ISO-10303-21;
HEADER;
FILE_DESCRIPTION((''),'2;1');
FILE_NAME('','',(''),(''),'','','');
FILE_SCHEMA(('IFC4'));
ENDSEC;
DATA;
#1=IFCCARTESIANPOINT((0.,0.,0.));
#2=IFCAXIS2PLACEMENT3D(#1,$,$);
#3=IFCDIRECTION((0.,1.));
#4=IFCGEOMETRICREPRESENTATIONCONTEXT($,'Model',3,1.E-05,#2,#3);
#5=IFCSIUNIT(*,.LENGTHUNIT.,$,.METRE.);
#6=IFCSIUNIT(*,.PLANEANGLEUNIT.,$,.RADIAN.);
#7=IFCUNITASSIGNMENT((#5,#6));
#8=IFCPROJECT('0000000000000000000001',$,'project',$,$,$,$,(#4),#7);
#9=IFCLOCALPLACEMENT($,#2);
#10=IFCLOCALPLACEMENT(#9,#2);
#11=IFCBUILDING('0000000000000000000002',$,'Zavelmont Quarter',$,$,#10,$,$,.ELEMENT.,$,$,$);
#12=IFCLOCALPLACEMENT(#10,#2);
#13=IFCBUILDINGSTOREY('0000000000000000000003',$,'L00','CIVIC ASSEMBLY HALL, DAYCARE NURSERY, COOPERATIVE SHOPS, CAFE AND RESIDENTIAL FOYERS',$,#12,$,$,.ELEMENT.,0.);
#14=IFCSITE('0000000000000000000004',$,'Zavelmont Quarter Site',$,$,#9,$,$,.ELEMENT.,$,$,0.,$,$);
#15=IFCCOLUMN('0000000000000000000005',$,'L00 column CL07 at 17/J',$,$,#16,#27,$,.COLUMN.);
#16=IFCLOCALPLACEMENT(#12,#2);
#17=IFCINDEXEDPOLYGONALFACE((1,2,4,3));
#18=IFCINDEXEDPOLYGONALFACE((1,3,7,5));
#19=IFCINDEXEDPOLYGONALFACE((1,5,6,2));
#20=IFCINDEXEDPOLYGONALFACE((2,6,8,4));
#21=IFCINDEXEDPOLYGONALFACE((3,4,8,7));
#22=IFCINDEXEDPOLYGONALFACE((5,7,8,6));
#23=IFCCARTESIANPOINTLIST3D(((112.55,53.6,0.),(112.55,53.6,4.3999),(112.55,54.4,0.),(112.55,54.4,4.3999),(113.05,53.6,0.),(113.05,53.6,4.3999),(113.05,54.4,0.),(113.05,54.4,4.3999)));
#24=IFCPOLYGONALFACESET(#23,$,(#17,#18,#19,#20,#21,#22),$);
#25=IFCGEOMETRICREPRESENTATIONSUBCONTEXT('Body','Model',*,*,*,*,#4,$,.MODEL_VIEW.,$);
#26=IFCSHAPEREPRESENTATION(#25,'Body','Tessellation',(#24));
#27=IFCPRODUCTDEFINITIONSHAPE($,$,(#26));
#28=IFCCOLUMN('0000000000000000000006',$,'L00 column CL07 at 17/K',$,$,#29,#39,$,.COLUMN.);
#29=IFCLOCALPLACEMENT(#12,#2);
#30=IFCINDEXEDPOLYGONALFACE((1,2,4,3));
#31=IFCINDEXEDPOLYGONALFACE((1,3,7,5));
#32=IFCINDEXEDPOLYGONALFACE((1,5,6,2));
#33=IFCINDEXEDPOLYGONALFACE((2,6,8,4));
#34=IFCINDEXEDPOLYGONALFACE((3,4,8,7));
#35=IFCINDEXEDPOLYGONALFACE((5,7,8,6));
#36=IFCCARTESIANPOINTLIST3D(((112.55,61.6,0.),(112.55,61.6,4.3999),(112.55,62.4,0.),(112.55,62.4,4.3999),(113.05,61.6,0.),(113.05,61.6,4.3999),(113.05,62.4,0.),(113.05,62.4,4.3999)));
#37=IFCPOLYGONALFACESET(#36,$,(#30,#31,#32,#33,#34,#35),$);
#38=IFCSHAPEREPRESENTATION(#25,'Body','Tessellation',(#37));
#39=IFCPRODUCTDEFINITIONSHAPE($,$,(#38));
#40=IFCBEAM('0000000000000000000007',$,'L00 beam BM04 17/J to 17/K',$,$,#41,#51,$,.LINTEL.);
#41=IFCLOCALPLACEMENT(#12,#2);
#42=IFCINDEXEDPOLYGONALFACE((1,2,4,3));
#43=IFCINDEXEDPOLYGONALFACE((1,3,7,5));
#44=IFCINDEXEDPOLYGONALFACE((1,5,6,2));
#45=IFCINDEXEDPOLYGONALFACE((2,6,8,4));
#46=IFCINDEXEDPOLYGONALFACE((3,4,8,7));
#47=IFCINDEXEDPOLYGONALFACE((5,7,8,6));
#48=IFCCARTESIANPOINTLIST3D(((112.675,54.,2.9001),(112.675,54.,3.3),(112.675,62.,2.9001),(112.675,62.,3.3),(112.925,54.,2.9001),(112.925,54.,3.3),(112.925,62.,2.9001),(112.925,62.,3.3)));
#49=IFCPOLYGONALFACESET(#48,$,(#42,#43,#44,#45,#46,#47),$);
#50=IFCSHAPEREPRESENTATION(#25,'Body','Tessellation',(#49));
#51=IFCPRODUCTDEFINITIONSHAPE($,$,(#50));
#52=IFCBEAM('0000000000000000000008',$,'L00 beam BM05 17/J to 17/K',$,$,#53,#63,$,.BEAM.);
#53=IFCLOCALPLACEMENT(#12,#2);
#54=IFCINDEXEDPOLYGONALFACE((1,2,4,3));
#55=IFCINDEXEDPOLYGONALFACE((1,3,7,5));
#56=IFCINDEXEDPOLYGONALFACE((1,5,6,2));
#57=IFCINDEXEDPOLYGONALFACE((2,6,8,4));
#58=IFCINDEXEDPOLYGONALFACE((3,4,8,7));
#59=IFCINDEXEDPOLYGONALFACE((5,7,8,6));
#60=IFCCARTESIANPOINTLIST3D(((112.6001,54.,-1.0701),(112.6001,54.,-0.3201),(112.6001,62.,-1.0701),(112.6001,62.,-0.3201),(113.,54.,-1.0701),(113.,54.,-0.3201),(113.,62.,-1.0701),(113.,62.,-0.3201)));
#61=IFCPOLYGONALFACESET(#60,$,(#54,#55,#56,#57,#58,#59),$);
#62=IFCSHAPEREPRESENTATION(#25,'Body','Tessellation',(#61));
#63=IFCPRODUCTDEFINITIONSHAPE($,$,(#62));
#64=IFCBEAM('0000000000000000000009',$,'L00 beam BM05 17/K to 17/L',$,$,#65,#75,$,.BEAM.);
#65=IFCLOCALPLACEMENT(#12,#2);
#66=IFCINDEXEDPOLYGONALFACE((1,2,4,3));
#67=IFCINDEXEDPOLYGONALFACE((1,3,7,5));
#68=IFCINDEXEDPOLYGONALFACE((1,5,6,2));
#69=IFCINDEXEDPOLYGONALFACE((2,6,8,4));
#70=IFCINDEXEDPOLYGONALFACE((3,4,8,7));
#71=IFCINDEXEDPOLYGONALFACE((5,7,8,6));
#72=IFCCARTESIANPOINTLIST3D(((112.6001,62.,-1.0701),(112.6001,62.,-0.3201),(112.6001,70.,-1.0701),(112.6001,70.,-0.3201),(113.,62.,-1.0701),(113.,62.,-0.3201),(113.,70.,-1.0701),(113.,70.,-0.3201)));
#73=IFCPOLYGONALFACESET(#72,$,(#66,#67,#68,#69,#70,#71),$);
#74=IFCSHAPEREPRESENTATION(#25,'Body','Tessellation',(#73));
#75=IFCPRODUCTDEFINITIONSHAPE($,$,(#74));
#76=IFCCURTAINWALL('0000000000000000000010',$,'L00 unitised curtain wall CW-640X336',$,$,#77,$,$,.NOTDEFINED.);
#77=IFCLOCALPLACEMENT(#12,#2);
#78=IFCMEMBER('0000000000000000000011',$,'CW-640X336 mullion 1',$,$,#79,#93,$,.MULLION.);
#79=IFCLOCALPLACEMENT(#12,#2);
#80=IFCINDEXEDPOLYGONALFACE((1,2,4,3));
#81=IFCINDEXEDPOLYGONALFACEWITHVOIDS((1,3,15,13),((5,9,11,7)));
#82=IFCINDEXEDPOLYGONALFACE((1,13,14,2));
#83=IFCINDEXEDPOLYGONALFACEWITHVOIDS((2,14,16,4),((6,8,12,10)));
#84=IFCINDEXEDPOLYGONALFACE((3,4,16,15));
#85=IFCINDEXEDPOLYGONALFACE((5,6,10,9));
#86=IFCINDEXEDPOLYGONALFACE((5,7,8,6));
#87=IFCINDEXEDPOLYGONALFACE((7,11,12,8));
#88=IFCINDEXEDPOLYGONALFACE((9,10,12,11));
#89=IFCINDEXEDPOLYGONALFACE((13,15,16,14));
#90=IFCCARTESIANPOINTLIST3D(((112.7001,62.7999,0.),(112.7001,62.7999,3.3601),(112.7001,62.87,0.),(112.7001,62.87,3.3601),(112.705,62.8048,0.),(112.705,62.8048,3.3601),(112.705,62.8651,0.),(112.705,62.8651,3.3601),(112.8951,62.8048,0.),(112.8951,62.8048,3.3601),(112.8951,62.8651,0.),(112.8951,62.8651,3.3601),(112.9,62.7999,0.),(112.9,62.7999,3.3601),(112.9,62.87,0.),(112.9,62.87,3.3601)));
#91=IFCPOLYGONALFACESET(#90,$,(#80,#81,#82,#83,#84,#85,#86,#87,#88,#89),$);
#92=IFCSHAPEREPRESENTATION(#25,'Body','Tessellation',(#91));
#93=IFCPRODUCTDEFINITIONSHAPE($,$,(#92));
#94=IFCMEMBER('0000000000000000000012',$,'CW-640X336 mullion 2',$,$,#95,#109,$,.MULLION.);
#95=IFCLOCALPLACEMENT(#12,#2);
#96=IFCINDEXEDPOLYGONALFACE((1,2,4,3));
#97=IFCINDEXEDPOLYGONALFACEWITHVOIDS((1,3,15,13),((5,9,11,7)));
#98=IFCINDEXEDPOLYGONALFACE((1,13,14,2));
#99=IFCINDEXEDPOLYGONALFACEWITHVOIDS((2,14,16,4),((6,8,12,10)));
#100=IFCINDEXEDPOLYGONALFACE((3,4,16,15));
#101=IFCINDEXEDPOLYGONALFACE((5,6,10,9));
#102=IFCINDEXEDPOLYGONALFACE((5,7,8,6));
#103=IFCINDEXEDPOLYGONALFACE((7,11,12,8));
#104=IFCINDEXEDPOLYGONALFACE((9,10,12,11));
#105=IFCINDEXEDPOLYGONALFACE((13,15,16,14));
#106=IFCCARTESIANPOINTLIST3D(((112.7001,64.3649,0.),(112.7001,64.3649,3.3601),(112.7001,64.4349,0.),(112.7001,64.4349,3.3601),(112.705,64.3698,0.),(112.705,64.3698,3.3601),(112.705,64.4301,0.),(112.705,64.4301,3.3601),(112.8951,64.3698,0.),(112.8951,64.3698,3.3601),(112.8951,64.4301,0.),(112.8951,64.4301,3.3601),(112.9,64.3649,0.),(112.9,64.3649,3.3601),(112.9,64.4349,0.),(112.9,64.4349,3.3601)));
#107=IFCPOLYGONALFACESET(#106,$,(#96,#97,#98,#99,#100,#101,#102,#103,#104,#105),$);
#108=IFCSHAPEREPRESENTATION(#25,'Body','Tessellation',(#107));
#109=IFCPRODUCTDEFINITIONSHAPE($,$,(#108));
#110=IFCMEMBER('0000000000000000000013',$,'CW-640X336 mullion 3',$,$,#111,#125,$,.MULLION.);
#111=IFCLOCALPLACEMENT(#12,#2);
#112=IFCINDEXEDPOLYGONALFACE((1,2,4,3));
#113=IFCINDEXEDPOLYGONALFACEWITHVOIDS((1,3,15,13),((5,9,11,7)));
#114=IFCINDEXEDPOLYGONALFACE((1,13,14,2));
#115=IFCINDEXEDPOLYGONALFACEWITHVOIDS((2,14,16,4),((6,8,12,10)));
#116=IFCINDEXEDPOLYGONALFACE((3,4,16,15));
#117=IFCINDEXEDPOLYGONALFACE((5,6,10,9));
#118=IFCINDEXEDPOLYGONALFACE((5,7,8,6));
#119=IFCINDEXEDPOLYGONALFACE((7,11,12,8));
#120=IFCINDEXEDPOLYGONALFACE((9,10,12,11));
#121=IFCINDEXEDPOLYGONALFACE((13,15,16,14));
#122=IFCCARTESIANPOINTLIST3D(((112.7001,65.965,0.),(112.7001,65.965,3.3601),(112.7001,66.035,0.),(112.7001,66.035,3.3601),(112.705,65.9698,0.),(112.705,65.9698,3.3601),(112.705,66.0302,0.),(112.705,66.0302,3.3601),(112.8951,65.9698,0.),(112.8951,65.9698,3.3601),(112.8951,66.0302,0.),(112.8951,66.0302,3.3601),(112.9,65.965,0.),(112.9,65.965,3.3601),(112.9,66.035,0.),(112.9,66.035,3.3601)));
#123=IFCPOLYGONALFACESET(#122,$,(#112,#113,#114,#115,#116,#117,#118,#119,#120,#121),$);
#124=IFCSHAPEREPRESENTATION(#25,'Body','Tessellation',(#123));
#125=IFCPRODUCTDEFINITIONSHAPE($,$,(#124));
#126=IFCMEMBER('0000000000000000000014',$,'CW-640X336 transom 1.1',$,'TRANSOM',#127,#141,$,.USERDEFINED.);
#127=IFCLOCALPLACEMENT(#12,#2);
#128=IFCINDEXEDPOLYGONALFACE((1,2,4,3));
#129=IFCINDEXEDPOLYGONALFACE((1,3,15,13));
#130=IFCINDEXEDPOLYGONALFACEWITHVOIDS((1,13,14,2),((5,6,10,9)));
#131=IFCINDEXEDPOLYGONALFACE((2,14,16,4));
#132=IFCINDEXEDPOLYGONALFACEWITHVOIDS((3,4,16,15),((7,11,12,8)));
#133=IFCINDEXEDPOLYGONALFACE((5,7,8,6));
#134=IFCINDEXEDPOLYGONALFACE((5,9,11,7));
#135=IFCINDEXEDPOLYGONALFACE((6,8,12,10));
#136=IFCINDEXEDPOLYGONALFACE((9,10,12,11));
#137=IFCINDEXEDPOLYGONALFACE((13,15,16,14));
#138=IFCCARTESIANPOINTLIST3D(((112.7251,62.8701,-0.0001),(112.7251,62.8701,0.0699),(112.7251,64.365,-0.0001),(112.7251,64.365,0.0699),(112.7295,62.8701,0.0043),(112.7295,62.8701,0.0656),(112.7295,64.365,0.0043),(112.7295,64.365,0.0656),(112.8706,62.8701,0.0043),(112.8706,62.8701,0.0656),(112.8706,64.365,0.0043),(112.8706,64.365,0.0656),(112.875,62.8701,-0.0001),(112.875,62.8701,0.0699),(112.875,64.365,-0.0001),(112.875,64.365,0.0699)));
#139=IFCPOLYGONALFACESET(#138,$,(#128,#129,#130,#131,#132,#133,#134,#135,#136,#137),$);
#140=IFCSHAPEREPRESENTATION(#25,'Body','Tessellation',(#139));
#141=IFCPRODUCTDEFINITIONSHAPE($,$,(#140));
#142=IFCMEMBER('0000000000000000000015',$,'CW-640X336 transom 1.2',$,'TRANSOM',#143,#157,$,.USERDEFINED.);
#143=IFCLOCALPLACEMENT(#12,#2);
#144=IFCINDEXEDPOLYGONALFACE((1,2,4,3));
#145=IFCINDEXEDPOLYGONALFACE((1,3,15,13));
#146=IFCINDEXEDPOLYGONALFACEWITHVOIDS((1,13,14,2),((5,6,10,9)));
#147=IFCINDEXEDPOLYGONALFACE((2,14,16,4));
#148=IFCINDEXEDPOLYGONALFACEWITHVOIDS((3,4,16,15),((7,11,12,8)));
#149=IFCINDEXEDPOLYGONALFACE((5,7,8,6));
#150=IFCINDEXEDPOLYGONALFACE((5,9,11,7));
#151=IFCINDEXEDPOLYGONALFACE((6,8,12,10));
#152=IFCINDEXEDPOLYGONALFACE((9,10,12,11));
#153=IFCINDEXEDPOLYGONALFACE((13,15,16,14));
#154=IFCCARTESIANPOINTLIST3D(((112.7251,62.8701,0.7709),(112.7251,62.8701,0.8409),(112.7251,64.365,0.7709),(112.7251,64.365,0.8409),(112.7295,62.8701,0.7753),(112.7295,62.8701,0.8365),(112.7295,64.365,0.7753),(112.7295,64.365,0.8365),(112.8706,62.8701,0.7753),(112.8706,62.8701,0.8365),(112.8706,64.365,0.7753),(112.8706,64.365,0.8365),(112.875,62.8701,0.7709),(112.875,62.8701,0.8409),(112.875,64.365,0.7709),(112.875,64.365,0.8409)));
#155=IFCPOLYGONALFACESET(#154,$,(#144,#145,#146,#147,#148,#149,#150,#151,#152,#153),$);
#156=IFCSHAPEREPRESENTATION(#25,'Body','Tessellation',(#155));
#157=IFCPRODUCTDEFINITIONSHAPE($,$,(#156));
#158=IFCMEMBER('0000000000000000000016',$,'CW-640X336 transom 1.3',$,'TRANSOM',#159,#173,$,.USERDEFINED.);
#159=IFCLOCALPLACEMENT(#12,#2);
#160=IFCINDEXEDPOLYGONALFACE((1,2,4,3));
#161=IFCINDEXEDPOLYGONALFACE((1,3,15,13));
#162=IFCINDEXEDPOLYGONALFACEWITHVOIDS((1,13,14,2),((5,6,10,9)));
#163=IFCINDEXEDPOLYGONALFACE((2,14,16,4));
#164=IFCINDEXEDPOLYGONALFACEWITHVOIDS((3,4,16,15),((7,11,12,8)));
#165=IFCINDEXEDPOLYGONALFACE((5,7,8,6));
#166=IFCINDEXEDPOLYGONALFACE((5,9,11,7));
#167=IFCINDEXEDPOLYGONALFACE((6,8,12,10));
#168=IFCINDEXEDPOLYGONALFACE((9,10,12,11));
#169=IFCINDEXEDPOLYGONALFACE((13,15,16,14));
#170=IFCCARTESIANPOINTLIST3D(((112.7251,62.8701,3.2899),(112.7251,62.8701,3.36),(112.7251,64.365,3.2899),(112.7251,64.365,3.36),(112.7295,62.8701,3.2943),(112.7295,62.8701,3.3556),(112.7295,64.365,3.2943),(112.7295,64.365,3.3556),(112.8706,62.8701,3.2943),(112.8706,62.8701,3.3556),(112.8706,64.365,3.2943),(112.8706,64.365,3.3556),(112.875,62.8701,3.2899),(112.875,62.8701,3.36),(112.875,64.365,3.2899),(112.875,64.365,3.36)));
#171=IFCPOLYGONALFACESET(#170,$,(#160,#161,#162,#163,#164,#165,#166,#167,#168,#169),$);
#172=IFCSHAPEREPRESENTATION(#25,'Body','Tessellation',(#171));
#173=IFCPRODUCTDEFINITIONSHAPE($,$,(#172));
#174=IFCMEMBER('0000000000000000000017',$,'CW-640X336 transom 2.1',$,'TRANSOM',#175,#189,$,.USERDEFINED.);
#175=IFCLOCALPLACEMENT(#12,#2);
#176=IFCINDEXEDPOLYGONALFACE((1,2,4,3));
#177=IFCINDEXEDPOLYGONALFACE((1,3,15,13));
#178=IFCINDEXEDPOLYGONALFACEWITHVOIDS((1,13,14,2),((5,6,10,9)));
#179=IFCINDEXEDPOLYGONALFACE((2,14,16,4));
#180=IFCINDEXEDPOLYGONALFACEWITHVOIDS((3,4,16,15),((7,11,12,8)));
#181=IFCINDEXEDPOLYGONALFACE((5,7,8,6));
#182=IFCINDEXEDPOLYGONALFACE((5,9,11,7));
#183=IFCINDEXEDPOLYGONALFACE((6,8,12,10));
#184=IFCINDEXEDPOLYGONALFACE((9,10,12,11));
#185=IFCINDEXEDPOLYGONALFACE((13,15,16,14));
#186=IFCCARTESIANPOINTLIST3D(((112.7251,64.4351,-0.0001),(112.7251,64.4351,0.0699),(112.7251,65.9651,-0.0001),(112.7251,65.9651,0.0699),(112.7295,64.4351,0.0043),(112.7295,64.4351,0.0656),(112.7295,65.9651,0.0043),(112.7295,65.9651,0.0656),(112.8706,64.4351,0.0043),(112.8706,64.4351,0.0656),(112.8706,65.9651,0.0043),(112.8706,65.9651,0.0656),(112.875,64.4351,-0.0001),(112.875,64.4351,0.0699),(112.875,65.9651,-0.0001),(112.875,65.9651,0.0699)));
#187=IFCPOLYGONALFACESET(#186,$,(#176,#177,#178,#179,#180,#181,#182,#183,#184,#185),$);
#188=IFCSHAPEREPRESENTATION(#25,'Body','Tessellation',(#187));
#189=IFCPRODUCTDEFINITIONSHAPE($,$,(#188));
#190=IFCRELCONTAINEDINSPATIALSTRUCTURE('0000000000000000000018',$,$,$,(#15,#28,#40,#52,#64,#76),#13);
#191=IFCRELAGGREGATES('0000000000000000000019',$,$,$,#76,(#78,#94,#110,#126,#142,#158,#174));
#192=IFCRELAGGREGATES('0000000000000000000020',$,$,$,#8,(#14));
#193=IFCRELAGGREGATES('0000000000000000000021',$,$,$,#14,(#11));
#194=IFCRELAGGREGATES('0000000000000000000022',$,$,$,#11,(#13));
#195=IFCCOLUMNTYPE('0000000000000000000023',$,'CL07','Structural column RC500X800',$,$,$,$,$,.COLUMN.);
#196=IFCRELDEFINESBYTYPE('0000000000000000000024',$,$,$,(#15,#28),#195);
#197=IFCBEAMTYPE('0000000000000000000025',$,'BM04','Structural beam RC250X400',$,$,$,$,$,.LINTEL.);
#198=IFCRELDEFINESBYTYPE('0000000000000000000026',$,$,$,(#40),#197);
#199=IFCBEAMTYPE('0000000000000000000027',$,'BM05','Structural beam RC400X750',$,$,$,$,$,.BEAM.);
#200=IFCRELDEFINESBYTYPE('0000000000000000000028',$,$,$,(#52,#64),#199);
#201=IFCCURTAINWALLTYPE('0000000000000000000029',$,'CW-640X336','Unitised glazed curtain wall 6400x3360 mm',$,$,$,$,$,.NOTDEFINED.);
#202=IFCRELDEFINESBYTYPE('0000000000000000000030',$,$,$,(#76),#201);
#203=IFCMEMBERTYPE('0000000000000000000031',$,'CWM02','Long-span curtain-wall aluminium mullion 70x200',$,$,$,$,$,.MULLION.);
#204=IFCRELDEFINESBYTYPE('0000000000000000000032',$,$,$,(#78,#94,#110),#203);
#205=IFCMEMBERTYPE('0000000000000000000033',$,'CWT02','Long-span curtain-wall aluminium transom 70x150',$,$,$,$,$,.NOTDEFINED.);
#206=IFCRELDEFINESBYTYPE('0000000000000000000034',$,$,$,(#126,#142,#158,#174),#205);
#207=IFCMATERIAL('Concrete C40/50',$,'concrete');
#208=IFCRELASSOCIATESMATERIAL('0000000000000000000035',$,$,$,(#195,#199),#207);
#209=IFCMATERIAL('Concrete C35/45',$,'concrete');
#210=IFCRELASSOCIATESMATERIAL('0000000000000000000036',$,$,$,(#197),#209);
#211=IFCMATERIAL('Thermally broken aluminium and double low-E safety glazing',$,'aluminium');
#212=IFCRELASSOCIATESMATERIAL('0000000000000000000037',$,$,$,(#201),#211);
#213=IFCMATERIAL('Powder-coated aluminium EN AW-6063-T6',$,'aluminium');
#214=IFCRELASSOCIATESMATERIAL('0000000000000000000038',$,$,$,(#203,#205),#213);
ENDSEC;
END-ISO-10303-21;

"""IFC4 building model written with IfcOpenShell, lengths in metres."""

from ifc_helpers import new_model, si_unit, direction, frame, origin, origin_2d, place, context, subcontext, project, spatial, rectangle, hollow_rectangle, extrude, material, material_profile, profile_set, type_object, element, aggregate, save


model = new_model("IFC4")

# Units and contexts
model_context = context("Model", 3, precision=1e-05, world=origin(), true_north=direction((0.0, 1.0)))
body_context = subcontext(model_context, "Body", "Model", "MODEL_VIEW")
ifc_project = project(units=[si_unit("LENGTHUNIT", "METRE"), si_unit("PLANEANGLEUNIT", "RADIAN")], contexts=[model_context])

# Site, building, storey
site_placement = place(None, origin())
site = spatial("IfcSite", under=ifc_project, at=site_placement, Name="Zavelmont Quarter Site", CompositionType="ELEMENT", RefElevation=0.0)
building_placement = place(site_placement, origin())
building = spatial("IfcBuilding", under=site, at=building_placement, Name="Zavelmont Quarter", CompositionType="ELEMENT")
storey_placement = place(building_placement, origin())
storey = spatial("IfcBuildingStorey", under=building, at=storey_placement, Name="L00", Description="CIVIC ASSEMBLY HALL, DAYCARE NURSERY, COOPERATIVE SHOPS, CAFE AND RESIDENTIAL FOYERS", CompositionType="ELEMENT", Elevation=0.0)

# Columns
ifc_material_1 = material(Name="Concrete C40/50", Category="concrete")
ifc_material_profile_1 = material_profile(ifc_material_1, rectangle(XDim=0.5, YDim=0.8, at=origin_2d()), Name="RC500X800")
ifc_profile_set_1 = profile_set([ifc_material_profile_1], Name="Concrete C40/50")
column_type = type_object("IfcColumnType", Name="CL07", Description="Structural column RC500X800", PredefinedType="COLUMN", material=ifc_profile_set_1)
for number, where, z_axis, x_axis, name in (
    (1, (112.8, 54.0, 0.0), (0.0, 0.0, 1.0), (1.0, 0.0, 0.0), "L00 column CL07 at 17/J"),
    (2, (112.8, 62.0, 0.0), (0.0, 0.0, 1.0), (1.0, 0.0, 0.0), "L00 column CL07 at 17/K"),
):
    element("IfcColumn", number, at=place(storey_placement, frame(where, z_axis=z_axis, x_axis=x_axis)), inside=storey, type_object=column_type, Name=name, PredefinedType="COLUMN", context=body_context, shape_type="SweptSolid", body=[
        extrude(rectangle(XDim=0.5, YDim=0.8, at=origin_2d()), origin(), (0.0, 0.0, 1.0), 4.3999),
    ])

# Beams
ifc_material_2 = material(Name="Concrete C35/45", Category="concrete")
ifc_material_profile_2 = material_profile(ifc_material_2, rectangle(XDim=0.25, YDim=0.3999, at=origin_2d()), Name="RC250X400")
ifc_profile_set_2 = profile_set([ifc_material_profile_2], Name="Concrete C35/45")
beam_type_1 = type_object("IfcBeamType", Name="BM04", Description="Structural beam RC250X400", PredefinedType="LINTEL", material=ifc_profile_set_2)
beam_placement = place(storey_placement, frame((112.8, 54.0, 3.1001), z_axis=(0.0, 1.0, 0.0), x_axis=(-1.0, 0.0, 0.0)))
element("IfcBeam", 3, at=beam_placement, inside=storey, type_object=beam_type_1, Name="L00 beam BM04 17/J to 17/K", PredefinedType="LINTEL", context=body_context, shape_type="SweptSolid", body=[
    extrude(rectangle(XDim=0.25, YDim=0.3999, at=origin_2d()), origin(), (0.0, 0.0, 1.0), 8.0),
])
ifc_material_profile_3 = material_profile(ifc_material_1, rectangle(XDim=0.3999, YDim=0.75, at=origin_2d()), Name="RC400X750")
ifc_profile_set_3 = profile_set([ifc_material_profile_3], Name="Concrete C40/50")
beam_type_2 = type_object("IfcBeamType", Name="BM05", Description="Structural beam RC400X750", PredefinedType="BEAM", material=ifc_profile_set_3)
for number, where, z_axis, x_axis, name in (
    (4, (112.8, 54.0, -0.6951), (0.0, 1.0, 0.0), (-1.0, 0.0, 0.0), "L00 beam BM05 17/J to 17/K"),
    (5, (112.8, 62.0, -0.6951), (0.0, 1.0, 0.0), (-1.0, 0.0, 0.0), "L00 beam BM05 17/K to 17/L"),
):
    element("IfcBeam", number, at=place(storey_placement, frame(where, z_axis=z_axis, x_axis=x_axis)), inside=storey, type_object=beam_type_2, Name=name, PredefinedType="BEAM", context=body_context, shape_type="SweptSolid", body=[
        extrude(rectangle(XDim=0.3999, YDim=0.75, at=origin_2d()), origin(), (0.0, 0.0, 1.0), 8.0),
    ])

# Curtain wall, members
ifc_material_3 = material(Name="Thermally broken aluminium and double low-E safety glazing", Category="aluminium")
curtain_wall_type = type_object("IfcCurtainWallType", Name="CW-640X336", Description="Unitised glazed curtain wall 6400x3360 mm", PredefinedType="NOTDEFINED", material=ifc_material_3)
curtain_wall_placement = place(storey_placement, origin())
curtain_wall = element("IfcCurtainWall", 6, at=curtain_wall_placement, inside=storey, type_object=curtain_wall_type, Name="L00 unitised curtain wall CW-640X336", PredefinedType="NOTDEFINED")
ifc_material_4 = material(Name="Powder-coated aluminium EN AW-6063-T6", Category="aluminium")
ifc_material_profile_4 = material_profile(ifc_material_4, hollow_rectangle(XDim=0.0701, YDim=0.2, WallThickness=0.0049, at=origin_2d()), Name="CWM70X200")
ifc_profile_set_4 = profile_set([ifc_material_profile_4], Name="Powder-coated aluminium EN AW-6063-T6")
member_type_1 = type_object("IfcMemberType", Name="CWM02", Description="Long-span curtain-wall aluminium mullion 70x200", PredefinedType="MULLION", material=ifc_profile_set_4)
member_1_placement = place(storey_placement, frame((112.8, 62.835, 0.0), z_axis=(0.0, 0.0, 1.0), x_axis=(0.0, 1.0, 0.0)))
member_1 = element("IfcMember", 7, at=member_1_placement, type_object=member_type_1, Name="CW-640X336 mullion 1", PredefinedType="MULLION", context=body_context, shape_type="SweptSolid", body=[
    extrude(hollow_rectangle(XDim=0.0701, YDim=0.2, WallThickness=0.0049, at=origin_2d()), origin(), (0.0, 0.0, 1.0), 3.3601),
])
member_2_placement = place(storey_placement, frame((112.8, 64.3999, 0.0), z_axis=(0.0, 0.0, 1.0), x_axis=(0.0, 1.0, 0.0)))
member_2 = element("IfcMember", 8, at=member_2_placement, type_object=member_type_1, Name="CW-640X336 mullion 2", PredefinedType="MULLION", context=body_context, shape_type="SweptSolid", body=[
    extrude(hollow_rectangle(XDim=0.0701, YDim=0.2, WallThickness=0.0049, at=origin_2d()), origin(), (0.0, 0.0, 1.0), 3.3601),
])
member_3_placement = place(storey_placement, frame((112.8, 66.0, 0.0), z_axis=(0.0, 0.0, 1.0), x_axis=(0.0, 1.0, 0.0)))
member_3 = element("IfcMember", 9, at=member_3_placement, type_object=member_type_1, Name="CW-640X336 mullion 3", PredefinedType="MULLION", context=body_context, shape_type="SweptSolid", body=[
    extrude(hollow_rectangle(XDim=0.0701, YDim=0.2, WallThickness=0.0049, at=origin_2d()), origin(), (0.0, 0.0, 1.0), 3.3601),
])
ifc_material_profile_5 = material_profile(ifc_material_4, hollow_rectangle(XDim=0.1499, YDim=0.0701, WallThickness=0.0044, at=origin_2d()), Name="CWT70X150")
ifc_profile_set_5 = profile_set([ifc_material_profile_5], Name="Powder-coated aluminium EN AW-6063-T6")
member_type_2 = type_object("IfcMemberType", Name="CWT02", Description="Long-span curtain-wall aluminium transom 70x150", PredefinedType="NOTDEFINED", material=ifc_profile_set_5)
member_4_placement = place(storey_placement, frame((112.8, 62.8701, 0.0349), z_axis=(0.0, 1.0, 0.0), x_axis=(-1.0, 0.0, 0.0)))
member_4 = element("IfcMember", 10, at=member_4_placement, type_object=member_type_2, Name="CW-640X336 transom 1.1", ObjectType="TRANSOM", PredefinedType="USERDEFINED", context=body_context, shape_type="SweptSolid", body=[
    extrude(hollow_rectangle(XDim=0.1499, YDim=0.0701, WallThickness=0.0044, at=origin_2d()), origin(), (0.0, 0.0, 1.0), 1.4949),
])
member_5_placement = place(storey_placement, frame((112.8, 62.8701, 0.8059), z_axis=(0.0, 1.0, 0.0), x_axis=(-1.0, 0.0, 0.0)))
member_5 = element("IfcMember", 11, at=member_5_placement, type_object=member_type_2, Name="CW-640X336 transom 1.2", ObjectType="TRANSOM", PredefinedType="USERDEFINED", context=body_context, shape_type="SweptSolid", body=[
    extrude(hollow_rectangle(XDim=0.1499, YDim=0.0701, WallThickness=0.0044, at=origin_2d()), origin(), (0.0, 0.0, 1.0), 1.4949),
])
member_6_placement = place(storey_placement, frame((112.8, 62.8701, 3.325), z_axis=(0.0, 1.0, 0.0), x_axis=(-1.0, 0.0, 0.0)))
member_6 = element("IfcMember", 12, at=member_6_placement, type_object=member_type_2, Name="CW-640X336 transom 1.3", ObjectType="TRANSOM", PredefinedType="USERDEFINED", context=body_context, shape_type="SweptSolid", body=[
    extrude(hollow_rectangle(XDim=0.1499, YDim=0.0701, WallThickness=0.0044, at=origin_2d()), origin(), (0.0, 0.0, 1.0), 1.4949),
])
member_7_placement = place(storey_placement, frame((112.8, 64.4351, 0.0349), z_axis=(0.0, 1.0, 0.0), x_axis=(-1.0, 0.0, 0.0)))
member_7 = element("IfcMember", 13, at=member_7_placement, type_object=member_type_2, Name="CW-640X336 transom 2.1", ObjectType="TRANSOM", PredefinedType="USERDEFINED", context=body_context, shape_type="SweptSolid", body=[
    extrude(hollow_rectangle(XDim=0.1499, YDim=0.0701, WallThickness=0.0044, at=origin_2d()), origin(), (0.0, 0.0, 1.0), 1.53),
])
aggregate(curtain_wall, [member_1, member_2, member_3, member_4, member_5, member_6, member_7])

save(model, "model.ifc")
